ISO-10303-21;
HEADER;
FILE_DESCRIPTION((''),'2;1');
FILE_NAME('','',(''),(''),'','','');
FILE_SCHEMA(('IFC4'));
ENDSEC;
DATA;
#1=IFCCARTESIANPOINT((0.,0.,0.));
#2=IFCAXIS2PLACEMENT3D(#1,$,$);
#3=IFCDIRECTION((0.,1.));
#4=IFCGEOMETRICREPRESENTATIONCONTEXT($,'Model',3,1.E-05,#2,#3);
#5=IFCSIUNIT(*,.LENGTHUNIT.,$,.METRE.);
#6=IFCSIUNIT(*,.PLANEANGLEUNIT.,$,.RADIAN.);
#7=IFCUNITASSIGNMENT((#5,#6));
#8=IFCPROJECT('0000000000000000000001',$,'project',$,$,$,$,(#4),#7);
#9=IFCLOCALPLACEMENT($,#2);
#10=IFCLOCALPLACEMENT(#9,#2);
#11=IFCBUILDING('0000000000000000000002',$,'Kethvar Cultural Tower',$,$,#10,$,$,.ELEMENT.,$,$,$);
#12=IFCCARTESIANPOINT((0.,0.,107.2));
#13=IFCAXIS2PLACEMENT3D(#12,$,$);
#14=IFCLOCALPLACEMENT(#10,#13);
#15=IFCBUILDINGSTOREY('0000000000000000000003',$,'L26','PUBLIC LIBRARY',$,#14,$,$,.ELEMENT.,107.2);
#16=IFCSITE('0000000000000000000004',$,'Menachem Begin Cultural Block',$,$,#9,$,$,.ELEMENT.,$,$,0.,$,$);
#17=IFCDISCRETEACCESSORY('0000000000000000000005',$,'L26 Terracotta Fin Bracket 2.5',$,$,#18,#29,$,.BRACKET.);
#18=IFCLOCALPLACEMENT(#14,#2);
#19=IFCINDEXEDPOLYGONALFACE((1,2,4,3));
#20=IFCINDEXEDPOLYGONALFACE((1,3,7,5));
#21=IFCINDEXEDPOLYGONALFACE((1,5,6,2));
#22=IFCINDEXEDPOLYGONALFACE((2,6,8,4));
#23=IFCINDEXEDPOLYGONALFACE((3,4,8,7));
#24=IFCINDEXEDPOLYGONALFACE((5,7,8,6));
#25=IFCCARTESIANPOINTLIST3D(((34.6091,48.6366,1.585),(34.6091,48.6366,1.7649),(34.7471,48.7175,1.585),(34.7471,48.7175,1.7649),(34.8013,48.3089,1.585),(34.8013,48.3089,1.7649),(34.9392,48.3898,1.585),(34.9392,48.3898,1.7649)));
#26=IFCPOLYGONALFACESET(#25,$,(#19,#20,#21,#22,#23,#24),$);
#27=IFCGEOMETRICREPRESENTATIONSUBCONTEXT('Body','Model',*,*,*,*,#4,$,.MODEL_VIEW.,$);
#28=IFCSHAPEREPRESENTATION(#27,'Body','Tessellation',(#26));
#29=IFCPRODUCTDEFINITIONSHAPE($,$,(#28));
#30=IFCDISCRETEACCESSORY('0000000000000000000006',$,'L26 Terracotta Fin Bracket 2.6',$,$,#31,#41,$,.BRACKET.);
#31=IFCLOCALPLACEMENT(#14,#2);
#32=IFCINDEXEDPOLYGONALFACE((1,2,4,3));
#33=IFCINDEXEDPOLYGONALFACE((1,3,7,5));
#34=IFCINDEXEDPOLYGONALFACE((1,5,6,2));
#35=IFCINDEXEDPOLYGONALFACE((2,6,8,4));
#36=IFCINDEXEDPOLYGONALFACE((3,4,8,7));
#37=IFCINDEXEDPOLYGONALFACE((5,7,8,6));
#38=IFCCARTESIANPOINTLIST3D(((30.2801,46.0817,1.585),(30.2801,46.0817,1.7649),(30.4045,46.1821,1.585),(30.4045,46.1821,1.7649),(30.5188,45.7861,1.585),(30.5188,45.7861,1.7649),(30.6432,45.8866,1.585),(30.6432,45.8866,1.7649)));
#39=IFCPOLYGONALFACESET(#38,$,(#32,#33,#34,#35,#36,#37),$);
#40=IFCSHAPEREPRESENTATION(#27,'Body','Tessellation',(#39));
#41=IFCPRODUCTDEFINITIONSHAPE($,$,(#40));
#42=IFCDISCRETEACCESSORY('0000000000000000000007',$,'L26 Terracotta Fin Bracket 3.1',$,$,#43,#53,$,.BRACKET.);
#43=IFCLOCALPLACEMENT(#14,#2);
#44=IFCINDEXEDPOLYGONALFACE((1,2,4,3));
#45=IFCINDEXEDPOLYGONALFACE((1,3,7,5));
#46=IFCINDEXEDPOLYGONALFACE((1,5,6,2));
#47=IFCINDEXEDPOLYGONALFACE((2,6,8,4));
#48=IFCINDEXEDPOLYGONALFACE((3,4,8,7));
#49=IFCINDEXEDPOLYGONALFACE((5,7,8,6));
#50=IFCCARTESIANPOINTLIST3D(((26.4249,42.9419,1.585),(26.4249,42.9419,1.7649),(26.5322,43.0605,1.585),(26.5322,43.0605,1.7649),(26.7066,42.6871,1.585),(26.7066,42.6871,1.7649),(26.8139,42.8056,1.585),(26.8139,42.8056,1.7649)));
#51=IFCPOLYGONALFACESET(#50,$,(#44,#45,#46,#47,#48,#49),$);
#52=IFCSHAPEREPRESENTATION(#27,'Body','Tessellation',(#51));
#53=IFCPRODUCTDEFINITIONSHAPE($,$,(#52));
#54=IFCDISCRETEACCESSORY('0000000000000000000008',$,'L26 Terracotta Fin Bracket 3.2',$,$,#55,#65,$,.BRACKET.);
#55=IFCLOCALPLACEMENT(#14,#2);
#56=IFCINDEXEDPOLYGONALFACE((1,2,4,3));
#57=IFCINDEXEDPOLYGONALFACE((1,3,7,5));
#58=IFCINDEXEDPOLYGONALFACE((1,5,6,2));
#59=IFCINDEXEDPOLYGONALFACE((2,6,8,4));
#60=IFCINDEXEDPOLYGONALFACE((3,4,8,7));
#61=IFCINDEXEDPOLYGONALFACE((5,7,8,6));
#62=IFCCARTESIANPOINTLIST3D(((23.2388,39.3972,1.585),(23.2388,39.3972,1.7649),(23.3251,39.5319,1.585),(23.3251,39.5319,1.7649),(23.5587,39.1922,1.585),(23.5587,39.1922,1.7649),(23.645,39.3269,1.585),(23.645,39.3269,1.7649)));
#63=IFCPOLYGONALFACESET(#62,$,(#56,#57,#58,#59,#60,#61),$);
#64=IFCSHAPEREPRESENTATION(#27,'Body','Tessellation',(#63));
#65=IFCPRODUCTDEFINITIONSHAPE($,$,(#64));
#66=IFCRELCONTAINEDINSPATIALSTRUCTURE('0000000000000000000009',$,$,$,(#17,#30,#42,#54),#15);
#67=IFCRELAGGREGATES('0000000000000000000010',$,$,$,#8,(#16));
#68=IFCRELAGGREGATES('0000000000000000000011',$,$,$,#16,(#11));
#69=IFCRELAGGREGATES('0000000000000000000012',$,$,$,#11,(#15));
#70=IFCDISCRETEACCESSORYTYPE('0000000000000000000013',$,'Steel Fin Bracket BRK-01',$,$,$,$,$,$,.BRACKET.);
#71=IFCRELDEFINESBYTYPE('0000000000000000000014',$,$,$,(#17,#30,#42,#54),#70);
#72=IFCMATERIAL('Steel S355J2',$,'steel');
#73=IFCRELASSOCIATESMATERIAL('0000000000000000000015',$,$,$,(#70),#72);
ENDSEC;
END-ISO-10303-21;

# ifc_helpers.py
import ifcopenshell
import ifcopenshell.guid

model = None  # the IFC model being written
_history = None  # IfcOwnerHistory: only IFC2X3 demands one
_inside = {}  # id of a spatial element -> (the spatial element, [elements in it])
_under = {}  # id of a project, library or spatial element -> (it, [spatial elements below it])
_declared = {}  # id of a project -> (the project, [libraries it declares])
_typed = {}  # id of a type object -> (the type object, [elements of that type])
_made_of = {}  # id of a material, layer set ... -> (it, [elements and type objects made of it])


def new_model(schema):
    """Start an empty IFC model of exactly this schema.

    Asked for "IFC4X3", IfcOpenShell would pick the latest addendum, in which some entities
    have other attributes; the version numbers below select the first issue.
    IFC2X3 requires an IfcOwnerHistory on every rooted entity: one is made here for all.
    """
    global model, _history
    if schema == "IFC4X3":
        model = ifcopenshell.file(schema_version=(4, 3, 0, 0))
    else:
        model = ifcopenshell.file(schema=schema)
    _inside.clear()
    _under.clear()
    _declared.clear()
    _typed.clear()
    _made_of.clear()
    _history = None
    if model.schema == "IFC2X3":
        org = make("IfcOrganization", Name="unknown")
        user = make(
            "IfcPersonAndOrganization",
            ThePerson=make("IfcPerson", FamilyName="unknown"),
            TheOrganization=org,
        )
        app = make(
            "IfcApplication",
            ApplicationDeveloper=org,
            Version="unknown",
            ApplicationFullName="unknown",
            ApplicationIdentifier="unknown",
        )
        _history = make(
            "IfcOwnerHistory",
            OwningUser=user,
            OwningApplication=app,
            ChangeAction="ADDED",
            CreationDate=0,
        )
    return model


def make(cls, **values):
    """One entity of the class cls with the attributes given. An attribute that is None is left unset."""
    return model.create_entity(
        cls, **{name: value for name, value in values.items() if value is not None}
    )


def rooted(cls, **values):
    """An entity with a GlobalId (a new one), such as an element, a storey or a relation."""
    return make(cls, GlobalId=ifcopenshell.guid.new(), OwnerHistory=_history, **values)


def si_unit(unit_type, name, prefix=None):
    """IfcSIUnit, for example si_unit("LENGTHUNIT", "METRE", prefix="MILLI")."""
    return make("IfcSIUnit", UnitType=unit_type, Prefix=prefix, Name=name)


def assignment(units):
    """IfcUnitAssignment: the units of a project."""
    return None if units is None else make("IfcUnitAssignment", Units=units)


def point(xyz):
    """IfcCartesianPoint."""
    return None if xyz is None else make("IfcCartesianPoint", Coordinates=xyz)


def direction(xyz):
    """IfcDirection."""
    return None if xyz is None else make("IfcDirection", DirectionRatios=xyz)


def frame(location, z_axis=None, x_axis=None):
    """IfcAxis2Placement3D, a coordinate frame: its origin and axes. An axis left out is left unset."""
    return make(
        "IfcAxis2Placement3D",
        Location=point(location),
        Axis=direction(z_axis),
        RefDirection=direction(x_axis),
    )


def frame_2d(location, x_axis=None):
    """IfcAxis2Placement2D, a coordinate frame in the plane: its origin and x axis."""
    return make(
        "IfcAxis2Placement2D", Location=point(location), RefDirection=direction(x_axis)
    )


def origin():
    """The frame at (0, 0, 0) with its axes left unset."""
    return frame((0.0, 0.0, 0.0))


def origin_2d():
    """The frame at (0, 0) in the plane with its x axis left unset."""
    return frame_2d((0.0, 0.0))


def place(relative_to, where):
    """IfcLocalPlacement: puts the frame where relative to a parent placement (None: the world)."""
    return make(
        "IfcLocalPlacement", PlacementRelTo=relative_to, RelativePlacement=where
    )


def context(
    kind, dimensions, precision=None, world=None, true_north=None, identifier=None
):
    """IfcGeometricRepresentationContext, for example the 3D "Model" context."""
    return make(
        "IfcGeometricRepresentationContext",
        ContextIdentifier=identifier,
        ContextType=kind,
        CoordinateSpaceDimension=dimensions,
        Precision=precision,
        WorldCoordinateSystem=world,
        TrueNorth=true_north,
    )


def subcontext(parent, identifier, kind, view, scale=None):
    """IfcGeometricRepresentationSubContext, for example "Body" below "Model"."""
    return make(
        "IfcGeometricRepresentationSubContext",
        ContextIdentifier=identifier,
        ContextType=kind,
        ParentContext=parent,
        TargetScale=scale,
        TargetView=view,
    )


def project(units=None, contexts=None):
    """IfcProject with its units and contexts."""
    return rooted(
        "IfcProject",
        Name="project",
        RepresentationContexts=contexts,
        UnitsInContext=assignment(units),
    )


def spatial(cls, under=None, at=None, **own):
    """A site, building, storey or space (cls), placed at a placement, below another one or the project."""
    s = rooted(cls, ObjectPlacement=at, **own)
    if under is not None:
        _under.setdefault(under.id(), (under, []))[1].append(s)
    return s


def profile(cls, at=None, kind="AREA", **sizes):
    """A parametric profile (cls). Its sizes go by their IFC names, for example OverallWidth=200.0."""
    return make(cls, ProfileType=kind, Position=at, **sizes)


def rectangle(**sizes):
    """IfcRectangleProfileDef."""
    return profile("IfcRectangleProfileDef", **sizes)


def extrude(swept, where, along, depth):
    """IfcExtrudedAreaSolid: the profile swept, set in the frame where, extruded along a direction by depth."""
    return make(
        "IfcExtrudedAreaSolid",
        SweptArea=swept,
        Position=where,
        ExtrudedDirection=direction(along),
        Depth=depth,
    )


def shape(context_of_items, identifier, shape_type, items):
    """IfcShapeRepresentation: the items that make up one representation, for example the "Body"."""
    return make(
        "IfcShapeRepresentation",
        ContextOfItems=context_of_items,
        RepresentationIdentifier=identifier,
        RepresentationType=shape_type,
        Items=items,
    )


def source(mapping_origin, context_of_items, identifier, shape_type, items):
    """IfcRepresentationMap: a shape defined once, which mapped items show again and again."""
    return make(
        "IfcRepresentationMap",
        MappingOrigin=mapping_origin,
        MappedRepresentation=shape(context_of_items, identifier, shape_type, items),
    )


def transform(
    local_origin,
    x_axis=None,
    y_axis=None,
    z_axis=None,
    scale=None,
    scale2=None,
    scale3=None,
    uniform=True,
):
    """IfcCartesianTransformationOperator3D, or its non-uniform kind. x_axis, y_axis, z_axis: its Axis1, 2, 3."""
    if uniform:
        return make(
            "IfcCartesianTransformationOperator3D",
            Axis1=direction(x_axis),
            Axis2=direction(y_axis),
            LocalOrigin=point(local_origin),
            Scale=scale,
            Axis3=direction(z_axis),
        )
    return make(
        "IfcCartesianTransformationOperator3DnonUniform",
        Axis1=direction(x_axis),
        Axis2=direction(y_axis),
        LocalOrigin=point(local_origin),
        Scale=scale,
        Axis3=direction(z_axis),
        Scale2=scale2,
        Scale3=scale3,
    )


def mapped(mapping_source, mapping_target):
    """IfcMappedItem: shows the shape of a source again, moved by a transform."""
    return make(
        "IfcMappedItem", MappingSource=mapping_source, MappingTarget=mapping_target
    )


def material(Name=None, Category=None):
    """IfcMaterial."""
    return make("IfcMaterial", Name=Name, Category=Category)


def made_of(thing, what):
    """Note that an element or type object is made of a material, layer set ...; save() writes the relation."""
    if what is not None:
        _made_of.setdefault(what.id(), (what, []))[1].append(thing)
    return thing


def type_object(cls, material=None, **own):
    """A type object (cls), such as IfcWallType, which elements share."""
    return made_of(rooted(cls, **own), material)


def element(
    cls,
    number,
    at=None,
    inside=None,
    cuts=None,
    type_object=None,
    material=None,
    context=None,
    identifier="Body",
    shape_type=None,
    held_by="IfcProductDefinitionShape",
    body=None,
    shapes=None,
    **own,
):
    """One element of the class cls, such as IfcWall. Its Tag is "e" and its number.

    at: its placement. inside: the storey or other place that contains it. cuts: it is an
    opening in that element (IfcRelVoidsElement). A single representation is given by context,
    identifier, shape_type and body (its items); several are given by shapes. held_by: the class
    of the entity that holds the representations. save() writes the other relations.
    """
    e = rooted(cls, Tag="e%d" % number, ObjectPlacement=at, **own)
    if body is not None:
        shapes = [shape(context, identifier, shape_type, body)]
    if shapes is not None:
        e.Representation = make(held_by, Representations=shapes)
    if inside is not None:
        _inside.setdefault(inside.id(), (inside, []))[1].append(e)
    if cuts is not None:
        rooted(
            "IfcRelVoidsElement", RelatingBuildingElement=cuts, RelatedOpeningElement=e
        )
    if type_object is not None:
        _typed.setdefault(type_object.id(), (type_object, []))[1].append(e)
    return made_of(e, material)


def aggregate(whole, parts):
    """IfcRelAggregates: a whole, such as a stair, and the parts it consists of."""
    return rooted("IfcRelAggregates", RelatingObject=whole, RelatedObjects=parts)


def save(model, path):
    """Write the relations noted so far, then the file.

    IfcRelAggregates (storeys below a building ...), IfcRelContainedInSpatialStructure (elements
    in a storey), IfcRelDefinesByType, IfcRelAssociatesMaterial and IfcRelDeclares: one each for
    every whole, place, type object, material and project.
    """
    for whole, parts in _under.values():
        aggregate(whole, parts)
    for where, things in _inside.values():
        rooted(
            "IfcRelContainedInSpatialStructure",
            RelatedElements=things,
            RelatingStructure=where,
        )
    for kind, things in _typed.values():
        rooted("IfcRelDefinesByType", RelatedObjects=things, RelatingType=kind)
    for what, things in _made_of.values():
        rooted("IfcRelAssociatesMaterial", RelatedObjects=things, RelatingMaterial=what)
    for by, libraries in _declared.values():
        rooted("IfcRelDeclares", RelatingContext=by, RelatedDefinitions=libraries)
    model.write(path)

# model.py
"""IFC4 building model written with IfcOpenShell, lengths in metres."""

from ifc_helpers import new_model, si_unit, direction, frame, origin, origin_2d, place, context, subcontext, project, spatial, rectangle, extrude, source, transform, mapped, material, type_object, element, save


model = new_model("IFC4")

# Units and contexts
model_context = context("Model", 3, precision=1e-05, world=origin(), true_north=direction((0.0, 1.0)))
body_context = subcontext(model_context, "Body", "Model", "MODEL_VIEW")
ifc_project = project(units=[si_unit("LENGTHUNIT", "METRE"), si_unit("PLANEANGLEUNIT", "RADIAN")], contexts=[model_context])

# Site, building, storey
site_placement = place(None, origin())
site = spatial("IfcSite", under=ifc_project, at=site_placement, Name="Menachem Begin Cultural Block", CompositionType="ELEMENT", RefElevation=0.0)
building_placement = place(site_placement, origin())
building = spatial("IfcBuilding", under=site, at=building_placement, Name="Kethvar Cultural Tower", CompositionType="ELEMENT")
storey_placement = place(building_placement, frame((0.0, 0.0, 107.2)))
storey = spatial("IfcBuildingStorey", under=building, at=storey_placement, Name="L26", Description="PUBLIC LIBRARY", CompositionType="ELEMENT", Elevation=107.2)

# Shared definitions
ifc_material_1 = material(Name="Steel S355J2", Category="steel")

# Discrete accessories
discrete_accessory_type = type_object("IfcDiscreteAccessoryType", Name="Steel Fin Bracket BRK-01", PredefinedType="BRACKET", material=ifc_material_1)
shared_shape_1 = source(origin(), body_context, "Body", "SweptSolid", [
    extrude(rectangle(XDim=0.3799, YDim=0.1599, at=origin_2d()), origin(), (0.0, 0.0, 1.0), 0.1799),
])
for number, where, z_axis, x_axis, name in (
    (1, (34.7742, 48.5132, 1.585), (0.0, 0.0, 1.0), (-0.505883, 0.862602, 0.0), "L26 Terracotta Fin Bracket 2.5"),
    (2, (30.4617, 45.9841, 1.585), (0.0, 0.0, 1.0), (-0.628235, 0.778024, 0.0), "L26 Terracotta Fin Bracket 2.6"),
    (3, (26.6194, 42.8738, 1.585), (0.0, 0.0, 1.0), (-0.741508, 0.670944, 0.0), "L26 Terracotta Fin Bracket 3.1"),
    (4, (23.4419, 39.3621, 1.585), (0.0, 0.0, 1.0), (-0.841888, 0.539653, 0.0), "L26 Terracotta Fin Bracket 3.2"),
):
    element("IfcDiscreteAccessory", number, at=place(storey_placement, frame(where, z_axis=z_axis, x_axis=x_axis)), inside=storey, type_object=discrete_accessory_type, Name=name, PredefinedType="BRACKET", context=body_context, shape_type="MappedRepresentation", body=[
        mapped(shared_shape_1, transform((0.0, 0.0, 0.0), scale=1.0)),
    ])

save(model, "model.ifc")
